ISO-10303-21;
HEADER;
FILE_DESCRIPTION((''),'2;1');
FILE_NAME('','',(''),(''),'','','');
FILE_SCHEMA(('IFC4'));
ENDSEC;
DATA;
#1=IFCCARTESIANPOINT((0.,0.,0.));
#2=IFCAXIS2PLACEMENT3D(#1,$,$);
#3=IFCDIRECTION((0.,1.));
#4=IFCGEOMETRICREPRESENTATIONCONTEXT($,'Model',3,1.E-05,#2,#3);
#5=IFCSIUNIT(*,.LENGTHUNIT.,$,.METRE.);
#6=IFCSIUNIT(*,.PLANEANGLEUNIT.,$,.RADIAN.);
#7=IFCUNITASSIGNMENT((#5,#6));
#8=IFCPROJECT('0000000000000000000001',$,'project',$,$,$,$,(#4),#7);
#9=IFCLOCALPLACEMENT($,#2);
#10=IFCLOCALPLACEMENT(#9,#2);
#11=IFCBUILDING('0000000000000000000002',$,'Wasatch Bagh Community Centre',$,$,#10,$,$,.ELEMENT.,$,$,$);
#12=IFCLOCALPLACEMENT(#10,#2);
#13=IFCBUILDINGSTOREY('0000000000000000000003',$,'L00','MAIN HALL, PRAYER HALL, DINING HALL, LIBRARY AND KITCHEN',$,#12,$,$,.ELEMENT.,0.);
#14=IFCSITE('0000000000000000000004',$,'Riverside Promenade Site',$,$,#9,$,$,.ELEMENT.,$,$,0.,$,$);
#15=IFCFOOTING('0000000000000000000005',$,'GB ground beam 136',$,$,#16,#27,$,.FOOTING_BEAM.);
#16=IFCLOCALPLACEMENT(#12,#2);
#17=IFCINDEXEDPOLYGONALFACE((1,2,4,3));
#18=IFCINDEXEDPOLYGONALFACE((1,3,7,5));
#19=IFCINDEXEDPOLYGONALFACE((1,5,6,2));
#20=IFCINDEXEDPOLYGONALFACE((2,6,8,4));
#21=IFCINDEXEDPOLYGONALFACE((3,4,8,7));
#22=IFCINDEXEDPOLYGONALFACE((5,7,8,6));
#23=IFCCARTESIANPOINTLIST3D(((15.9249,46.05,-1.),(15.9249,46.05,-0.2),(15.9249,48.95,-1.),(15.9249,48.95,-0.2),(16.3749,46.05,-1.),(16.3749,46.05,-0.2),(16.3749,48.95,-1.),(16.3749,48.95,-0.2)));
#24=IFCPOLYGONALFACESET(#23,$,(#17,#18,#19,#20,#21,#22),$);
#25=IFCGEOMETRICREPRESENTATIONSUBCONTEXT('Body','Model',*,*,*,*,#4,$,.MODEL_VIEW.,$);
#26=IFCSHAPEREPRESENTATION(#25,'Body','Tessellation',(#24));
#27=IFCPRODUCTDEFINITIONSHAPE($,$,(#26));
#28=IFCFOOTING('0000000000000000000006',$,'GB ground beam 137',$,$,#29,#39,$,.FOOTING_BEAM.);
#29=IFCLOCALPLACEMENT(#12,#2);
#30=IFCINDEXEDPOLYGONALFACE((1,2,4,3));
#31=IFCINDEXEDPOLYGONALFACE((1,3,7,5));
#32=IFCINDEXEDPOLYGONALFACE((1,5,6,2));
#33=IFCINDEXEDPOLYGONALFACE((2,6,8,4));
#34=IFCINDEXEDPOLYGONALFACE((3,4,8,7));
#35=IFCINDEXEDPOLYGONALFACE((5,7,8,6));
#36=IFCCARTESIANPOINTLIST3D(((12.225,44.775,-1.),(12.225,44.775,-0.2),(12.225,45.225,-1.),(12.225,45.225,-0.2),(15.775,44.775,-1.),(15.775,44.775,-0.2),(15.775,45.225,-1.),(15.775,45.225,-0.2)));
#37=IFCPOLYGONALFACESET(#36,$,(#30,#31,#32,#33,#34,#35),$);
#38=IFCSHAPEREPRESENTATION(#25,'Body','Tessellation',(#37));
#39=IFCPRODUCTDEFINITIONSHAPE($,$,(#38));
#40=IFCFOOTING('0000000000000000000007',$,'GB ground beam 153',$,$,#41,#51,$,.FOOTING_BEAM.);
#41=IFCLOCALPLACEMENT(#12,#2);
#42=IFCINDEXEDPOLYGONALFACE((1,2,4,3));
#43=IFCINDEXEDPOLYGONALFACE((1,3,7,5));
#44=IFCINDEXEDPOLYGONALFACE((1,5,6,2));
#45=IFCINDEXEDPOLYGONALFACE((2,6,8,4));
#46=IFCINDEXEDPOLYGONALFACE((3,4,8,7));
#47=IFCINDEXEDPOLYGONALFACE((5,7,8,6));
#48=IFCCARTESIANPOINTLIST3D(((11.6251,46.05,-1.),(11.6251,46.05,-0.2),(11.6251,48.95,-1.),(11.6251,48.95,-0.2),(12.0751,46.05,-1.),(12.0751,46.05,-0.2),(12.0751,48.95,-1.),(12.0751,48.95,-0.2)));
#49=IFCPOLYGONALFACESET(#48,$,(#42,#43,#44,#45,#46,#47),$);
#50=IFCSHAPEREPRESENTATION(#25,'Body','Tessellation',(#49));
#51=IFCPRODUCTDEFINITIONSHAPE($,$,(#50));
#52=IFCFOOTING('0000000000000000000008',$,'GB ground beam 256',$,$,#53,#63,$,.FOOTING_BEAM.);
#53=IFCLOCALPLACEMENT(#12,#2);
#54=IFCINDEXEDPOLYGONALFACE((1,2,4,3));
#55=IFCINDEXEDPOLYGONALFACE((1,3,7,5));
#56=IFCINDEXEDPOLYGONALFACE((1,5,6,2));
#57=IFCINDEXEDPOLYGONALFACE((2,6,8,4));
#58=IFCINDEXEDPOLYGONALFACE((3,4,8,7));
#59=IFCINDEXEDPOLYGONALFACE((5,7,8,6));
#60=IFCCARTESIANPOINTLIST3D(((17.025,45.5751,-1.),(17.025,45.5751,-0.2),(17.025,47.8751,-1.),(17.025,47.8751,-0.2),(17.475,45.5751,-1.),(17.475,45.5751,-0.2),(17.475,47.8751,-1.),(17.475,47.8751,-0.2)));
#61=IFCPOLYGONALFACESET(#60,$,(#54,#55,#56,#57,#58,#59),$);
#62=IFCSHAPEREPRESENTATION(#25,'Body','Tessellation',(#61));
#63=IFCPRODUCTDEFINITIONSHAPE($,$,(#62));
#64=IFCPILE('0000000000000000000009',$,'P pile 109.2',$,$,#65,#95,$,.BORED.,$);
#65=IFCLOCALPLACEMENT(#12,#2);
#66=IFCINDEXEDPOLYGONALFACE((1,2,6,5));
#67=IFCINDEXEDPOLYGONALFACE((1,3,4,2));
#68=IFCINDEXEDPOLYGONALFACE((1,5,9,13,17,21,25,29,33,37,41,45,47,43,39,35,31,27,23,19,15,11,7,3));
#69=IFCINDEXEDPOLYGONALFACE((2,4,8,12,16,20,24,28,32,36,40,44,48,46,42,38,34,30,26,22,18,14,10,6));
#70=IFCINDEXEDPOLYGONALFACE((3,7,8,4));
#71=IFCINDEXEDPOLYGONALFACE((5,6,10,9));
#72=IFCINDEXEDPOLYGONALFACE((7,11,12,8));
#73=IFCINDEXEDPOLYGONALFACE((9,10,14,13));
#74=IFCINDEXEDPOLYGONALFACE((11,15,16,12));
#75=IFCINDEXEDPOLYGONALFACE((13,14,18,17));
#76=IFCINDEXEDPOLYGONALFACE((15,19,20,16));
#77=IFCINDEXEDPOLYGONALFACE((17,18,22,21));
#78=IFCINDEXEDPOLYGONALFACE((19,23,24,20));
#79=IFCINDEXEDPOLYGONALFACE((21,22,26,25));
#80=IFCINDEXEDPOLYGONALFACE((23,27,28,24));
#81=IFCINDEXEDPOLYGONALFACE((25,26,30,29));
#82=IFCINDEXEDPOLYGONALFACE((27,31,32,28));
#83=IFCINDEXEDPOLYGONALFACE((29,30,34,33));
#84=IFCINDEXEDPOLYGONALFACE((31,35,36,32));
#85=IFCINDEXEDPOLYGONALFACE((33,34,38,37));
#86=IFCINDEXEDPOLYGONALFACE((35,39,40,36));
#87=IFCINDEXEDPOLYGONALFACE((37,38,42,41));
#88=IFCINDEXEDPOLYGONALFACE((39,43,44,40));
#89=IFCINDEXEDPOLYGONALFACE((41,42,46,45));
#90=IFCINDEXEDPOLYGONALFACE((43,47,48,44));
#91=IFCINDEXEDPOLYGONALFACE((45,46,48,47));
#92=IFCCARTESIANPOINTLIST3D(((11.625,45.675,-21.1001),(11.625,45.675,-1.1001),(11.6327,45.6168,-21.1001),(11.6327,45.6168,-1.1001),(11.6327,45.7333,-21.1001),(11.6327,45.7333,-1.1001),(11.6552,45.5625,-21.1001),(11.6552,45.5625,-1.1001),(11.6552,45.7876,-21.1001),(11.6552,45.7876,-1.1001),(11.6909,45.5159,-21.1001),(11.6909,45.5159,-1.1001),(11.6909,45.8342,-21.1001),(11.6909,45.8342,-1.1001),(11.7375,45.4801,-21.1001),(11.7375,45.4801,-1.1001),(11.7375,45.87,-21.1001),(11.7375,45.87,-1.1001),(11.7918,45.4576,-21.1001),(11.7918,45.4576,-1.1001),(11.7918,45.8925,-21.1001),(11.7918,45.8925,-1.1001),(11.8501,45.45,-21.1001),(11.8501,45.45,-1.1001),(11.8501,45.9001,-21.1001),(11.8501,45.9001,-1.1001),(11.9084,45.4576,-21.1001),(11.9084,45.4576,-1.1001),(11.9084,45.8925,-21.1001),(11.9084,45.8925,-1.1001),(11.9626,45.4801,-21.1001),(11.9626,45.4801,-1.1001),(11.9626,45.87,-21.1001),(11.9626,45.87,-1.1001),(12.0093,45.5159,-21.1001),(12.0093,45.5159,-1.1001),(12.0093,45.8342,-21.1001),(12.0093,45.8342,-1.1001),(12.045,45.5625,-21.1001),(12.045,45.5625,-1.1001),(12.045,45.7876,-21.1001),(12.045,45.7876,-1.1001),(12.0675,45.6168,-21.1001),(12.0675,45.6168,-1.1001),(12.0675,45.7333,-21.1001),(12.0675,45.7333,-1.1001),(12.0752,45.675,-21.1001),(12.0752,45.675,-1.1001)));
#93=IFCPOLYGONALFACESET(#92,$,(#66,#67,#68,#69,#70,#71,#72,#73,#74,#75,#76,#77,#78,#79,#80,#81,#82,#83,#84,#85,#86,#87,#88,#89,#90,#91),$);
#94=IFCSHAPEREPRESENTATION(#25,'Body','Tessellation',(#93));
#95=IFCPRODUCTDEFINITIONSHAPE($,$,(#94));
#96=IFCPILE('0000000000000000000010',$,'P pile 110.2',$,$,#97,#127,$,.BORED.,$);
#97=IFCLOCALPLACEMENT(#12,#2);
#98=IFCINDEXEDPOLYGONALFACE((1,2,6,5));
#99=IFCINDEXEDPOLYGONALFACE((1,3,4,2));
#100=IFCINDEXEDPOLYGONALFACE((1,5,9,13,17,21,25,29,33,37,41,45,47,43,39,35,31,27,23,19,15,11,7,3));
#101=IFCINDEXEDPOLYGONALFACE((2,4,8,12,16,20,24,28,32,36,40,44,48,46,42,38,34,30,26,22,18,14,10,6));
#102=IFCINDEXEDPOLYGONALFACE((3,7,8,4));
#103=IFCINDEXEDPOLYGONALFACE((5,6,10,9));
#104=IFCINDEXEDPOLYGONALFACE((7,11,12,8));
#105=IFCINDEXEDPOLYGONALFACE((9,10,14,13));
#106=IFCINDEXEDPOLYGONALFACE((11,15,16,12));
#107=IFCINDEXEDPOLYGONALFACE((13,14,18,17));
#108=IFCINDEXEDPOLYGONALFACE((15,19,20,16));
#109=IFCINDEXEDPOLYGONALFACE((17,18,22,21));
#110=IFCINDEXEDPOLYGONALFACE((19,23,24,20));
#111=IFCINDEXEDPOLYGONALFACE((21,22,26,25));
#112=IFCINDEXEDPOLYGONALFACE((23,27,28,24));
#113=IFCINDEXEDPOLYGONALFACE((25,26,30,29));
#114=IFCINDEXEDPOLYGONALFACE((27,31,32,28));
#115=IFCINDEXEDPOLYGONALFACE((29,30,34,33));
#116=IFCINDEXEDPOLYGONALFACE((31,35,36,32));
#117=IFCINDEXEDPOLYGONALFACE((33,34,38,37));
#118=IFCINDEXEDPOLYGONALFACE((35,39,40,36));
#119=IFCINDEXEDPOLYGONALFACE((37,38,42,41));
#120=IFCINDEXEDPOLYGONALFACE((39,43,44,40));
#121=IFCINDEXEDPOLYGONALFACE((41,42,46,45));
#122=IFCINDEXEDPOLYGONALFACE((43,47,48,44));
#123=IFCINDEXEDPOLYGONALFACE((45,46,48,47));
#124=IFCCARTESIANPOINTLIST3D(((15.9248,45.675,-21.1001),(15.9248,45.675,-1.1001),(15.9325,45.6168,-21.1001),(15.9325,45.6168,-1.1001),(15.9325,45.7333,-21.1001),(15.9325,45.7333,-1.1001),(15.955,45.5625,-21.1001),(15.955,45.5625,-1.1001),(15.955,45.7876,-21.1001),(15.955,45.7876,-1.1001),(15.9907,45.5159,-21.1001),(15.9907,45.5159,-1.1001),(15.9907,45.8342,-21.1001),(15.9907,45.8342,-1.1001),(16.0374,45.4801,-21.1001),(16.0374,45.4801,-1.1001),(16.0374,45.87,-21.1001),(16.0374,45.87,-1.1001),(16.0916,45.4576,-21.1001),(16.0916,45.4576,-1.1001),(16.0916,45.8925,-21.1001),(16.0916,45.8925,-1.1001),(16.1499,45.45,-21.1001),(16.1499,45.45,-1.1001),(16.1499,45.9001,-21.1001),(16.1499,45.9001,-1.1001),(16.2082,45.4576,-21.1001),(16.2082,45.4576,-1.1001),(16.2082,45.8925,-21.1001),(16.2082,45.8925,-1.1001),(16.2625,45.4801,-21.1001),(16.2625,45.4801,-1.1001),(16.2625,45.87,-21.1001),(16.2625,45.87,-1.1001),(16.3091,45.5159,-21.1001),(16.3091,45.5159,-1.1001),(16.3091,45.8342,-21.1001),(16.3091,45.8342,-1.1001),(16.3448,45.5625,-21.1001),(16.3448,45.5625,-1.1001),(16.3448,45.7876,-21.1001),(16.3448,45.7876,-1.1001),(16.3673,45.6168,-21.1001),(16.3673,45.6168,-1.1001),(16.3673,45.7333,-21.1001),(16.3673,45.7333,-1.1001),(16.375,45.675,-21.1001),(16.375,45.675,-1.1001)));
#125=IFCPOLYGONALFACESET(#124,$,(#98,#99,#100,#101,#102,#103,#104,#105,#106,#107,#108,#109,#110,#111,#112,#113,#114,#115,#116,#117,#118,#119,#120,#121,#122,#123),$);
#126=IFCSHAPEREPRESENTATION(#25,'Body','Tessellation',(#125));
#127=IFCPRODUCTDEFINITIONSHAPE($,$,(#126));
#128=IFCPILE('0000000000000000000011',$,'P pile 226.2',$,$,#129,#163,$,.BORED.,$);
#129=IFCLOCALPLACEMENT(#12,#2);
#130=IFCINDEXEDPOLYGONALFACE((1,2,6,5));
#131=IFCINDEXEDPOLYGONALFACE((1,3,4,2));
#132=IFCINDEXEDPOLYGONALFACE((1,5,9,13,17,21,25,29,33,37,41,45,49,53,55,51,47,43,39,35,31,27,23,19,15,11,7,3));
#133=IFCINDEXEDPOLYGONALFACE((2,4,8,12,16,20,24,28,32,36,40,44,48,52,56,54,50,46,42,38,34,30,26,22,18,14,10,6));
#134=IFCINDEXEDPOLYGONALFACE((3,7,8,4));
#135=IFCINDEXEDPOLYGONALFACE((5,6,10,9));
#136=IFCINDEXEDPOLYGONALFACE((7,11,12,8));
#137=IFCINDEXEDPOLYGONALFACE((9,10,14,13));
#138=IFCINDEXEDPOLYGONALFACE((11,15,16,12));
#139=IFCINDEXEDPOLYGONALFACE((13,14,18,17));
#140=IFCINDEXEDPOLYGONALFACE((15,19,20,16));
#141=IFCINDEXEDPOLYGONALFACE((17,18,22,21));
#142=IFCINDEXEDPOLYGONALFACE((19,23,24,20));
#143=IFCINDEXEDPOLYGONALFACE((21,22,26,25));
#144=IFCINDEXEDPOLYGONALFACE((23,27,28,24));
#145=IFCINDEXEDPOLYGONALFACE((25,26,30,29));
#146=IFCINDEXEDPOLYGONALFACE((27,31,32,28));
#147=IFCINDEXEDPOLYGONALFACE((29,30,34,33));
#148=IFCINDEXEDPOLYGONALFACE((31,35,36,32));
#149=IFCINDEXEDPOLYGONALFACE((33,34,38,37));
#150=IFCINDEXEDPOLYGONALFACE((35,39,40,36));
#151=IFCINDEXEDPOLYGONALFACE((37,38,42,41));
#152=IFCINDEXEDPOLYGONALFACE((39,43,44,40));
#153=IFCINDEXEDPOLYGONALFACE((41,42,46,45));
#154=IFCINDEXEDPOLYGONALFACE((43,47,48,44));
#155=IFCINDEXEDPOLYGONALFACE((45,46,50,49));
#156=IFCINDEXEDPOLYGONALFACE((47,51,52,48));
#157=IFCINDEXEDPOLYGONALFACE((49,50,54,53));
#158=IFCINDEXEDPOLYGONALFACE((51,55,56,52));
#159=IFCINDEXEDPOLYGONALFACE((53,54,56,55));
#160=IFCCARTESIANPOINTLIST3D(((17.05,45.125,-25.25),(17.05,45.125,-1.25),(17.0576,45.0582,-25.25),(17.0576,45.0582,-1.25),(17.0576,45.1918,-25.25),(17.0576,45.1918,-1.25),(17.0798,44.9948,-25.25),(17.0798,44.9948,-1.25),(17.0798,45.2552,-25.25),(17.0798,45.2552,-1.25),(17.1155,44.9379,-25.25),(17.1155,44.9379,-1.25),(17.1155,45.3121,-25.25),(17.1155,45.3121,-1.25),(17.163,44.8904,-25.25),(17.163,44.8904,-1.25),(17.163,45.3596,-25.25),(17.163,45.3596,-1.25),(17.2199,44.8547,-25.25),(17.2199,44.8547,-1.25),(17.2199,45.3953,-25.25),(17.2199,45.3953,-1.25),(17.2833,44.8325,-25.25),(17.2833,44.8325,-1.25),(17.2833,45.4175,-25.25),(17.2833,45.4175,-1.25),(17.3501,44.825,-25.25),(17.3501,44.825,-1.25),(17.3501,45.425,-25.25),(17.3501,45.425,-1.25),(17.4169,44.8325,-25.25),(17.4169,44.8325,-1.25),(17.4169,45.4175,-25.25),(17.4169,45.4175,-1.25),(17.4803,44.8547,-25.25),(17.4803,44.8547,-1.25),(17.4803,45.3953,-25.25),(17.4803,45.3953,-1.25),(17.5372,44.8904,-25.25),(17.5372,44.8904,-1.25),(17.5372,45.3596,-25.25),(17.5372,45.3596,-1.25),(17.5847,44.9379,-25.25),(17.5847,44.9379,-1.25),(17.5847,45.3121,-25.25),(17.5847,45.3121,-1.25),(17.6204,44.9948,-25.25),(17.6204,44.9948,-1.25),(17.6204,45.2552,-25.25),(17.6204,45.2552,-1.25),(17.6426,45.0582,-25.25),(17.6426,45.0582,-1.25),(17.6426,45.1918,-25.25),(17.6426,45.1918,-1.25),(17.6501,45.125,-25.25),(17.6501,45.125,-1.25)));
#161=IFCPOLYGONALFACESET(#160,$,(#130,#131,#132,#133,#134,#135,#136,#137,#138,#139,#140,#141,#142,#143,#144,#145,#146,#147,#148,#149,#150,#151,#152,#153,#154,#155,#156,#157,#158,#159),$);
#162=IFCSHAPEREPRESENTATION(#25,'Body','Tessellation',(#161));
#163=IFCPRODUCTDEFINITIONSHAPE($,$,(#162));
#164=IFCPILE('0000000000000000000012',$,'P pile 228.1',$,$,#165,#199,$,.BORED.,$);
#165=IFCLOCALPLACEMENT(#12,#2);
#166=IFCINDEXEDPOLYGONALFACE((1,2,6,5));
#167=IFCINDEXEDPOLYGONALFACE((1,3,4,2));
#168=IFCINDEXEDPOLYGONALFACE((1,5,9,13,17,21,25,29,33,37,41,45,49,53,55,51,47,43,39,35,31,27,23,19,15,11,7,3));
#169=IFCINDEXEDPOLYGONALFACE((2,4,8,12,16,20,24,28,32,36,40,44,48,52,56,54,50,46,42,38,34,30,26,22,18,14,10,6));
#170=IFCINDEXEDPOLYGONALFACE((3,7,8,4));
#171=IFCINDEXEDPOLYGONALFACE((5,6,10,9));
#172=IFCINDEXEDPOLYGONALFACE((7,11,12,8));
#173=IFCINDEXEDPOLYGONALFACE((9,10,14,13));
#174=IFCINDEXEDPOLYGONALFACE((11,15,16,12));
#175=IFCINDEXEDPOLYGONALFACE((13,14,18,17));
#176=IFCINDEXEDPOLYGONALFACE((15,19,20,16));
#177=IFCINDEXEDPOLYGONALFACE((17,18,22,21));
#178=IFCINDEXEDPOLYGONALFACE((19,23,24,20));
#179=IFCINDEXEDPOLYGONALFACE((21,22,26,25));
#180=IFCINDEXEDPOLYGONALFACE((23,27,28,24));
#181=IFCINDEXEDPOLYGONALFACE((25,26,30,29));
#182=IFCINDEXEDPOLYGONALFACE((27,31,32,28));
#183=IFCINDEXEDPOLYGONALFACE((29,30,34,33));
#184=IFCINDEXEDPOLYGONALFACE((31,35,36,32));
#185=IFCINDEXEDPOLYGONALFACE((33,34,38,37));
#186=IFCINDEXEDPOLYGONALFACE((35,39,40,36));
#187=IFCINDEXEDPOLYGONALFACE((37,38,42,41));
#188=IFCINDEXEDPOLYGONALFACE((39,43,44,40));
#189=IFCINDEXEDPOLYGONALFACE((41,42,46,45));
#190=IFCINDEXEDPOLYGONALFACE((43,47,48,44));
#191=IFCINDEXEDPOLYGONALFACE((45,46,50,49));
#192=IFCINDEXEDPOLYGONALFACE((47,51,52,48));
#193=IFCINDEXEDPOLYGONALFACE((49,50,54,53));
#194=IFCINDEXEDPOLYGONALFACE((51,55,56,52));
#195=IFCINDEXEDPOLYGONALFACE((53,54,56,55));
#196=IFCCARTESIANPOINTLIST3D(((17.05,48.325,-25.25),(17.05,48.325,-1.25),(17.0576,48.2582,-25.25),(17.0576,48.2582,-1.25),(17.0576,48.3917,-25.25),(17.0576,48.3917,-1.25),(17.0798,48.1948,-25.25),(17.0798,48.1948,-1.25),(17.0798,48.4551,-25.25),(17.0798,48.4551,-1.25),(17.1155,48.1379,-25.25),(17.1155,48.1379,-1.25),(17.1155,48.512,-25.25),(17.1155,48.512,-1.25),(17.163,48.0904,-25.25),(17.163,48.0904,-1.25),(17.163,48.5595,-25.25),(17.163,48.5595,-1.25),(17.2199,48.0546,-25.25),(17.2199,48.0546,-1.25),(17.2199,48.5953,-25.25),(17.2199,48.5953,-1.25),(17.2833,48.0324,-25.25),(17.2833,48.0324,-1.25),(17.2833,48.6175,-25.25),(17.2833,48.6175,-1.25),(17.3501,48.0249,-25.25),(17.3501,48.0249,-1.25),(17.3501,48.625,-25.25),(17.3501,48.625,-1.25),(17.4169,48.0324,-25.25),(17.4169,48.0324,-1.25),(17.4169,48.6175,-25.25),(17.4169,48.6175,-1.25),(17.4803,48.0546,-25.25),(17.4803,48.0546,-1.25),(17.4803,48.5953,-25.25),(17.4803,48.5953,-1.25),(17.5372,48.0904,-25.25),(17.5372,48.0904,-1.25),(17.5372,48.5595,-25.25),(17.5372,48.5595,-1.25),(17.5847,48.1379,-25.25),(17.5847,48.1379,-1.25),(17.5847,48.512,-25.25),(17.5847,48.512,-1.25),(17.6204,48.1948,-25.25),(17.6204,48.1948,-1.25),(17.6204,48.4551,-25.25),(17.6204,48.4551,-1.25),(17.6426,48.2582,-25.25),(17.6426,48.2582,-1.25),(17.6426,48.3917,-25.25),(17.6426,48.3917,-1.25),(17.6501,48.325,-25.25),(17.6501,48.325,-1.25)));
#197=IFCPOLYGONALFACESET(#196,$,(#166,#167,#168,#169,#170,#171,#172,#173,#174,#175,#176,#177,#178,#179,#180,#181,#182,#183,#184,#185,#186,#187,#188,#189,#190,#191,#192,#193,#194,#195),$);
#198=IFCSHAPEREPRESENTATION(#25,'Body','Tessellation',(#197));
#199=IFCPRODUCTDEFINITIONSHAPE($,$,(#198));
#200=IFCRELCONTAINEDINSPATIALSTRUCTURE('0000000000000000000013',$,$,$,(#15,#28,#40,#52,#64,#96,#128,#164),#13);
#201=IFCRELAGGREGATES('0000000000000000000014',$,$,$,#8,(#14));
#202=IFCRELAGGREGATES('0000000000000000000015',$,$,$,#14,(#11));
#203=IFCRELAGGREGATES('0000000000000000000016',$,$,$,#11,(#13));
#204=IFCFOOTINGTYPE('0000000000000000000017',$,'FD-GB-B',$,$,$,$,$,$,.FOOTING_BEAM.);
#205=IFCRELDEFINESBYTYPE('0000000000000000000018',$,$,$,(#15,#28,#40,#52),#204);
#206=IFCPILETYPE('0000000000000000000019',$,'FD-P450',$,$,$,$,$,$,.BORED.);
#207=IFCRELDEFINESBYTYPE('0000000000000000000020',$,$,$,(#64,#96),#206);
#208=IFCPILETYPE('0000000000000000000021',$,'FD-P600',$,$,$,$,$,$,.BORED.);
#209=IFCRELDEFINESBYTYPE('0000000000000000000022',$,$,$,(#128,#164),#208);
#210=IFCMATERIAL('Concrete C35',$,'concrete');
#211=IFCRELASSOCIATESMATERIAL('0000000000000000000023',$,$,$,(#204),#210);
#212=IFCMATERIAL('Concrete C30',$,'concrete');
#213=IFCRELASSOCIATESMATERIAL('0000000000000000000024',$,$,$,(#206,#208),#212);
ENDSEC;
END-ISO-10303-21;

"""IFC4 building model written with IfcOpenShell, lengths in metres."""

from ifc_helpers import new_model, si_unit, direction, frame, origin, origin_2d, place, context, subcontext, project, spatial, rectangle, circle, extrude, material, material_profile, profile_set, type_object, element, save


model = new_model("IFC4")

# Units and contexts
model_context = context("Model", 3, precision=1e-05, world=origin(), true_north=direction((0.0, 1.0)))
body_context = subcontext(model_context, "Body", "Model", "MODEL_VIEW")
ifc_project = project(units=[si_unit("LENGTHUNIT", "METRE"), si_unit("PLANEANGLEUNIT", "RADIAN")], contexts=[model_context])

# Site, building, storey
site_placement = place(None, origin())
site = spatial("IfcSite", under=ifc_project, at=site_placement, Name="Riverside Promenade Site", CompositionType="ELEMENT", RefElevation=0.0)
building_placement = place(site_placement, origin())
building = spatial("IfcBuilding", under=site, at=building_placement, Name="Wasatch Bagh Community Centre", CompositionType="ELEMENT")
storey_placement = place(building_placement, origin())
storey = spatial("IfcBuildingStorey", under=building, at=storey_placement, Name="L00", Description="MAIN HALL, PRAYER HALL, DINING HALL, LIBRARY AND KITCHEN", CompositionType="ELEMENT", Elevation=0.0)

# Footings
ifc_material_1 = material(Name="Concrete C35", Category="concrete")
footing_type_1 = type_object("IfcFootingType", Name="FD-GB-B", PredefinedType="FOOTING_BEAM", material=ifc_material_1)
footing_1_placement = place(storey_placement, frame((16.1499, 47.5, -1.0), z_axis=(0.0, 0.0, 1.0), x_axis=(0.0, 1.0, 0.0)))
element("IfcFooting", 1, at=footing_1_placement, inside=storey, type_object=footing_type_1, Name="GB ground beam 136", PredefinedType="FOOTING_BEAM", context=body_context, shape_type="SweptSolid", body=[
    extrude(rectangle(XDim=2.8999, YDim=0.45, at=origin_2d()), origin(), (0.0, 0.0, 1.0), 0.8),
])
footing_2_placement = place(storey_placement, frame((14.0, 45.0, -1.0), z_axis=(0.0, 0.0, 1.0), x_axis=(-1.0, 0.0, 0.0)))
element("IfcFooting", 2, at=footing_2_placement, inside=storey, type_object=footing_type_1, Name="GB ground beam 137", PredefinedType="FOOTING_BEAM", context=body_context, shape_type="SweptSolid", body=[
    extrude(rectangle(XDim=3.55, YDim=0.45, at=origin_2d()), origin(), (0.0, 0.0, 1.0), 0.8),
])
footing_3_placement = place(storey_placement, frame((11.8501, 47.5, -1.0), z_axis=(0.0, 0.0, 1.0), x_axis=(0.0, 1.0, 0.0)))
element("IfcFooting", 3, at=footing_3_placement, inside=storey, type_object=footing_type_1, Name="GB ground beam 153", PredefinedType="FOOTING_BEAM", context=body_context, shape_type="SweptSolid", body=[
    extrude(rectangle(XDim=2.8999, YDim=0.45, at=origin_2d()), origin(), (0.0, 0.0, 1.0), 0.8),
])
footing_4_placement = place(storey_placement, frame((17.25, 46.7251, -1.0), z_axis=(0.0, 0.0, 1.0), x_axis=(0.0, 1.0, 0.0)))
element("IfcFooting", 4, at=footing_4_placement, inside=storey, type_object=footing_type_1, Name="GB ground beam 256", PredefinedType="FOOTING_BEAM", context=body_context, shape_type="SweptSolid", body=[
    extrude(rectangle(XDim=2.3, YDim=0.45, at=origin_2d()), origin(), (0.0, 0.0, 1.0), 0.8),
])

# Piles
ifc_material_2 = material(Name="Concrete C30", Category="concrete")
ifc_material_profile_1 = material_profile(ifc_material_2, circle(Radius=0.2251, at=origin_2d()), Name="RC D450")
ifc_profile_set_1 = profile_set([ifc_material_profile_1], Name="Concrete C30")
pile_type_1 = type_object("IfcPileType", Name="FD-P450", PredefinedType="BORED", material=ifc_profile_set_1)
for number, where, z_axis, x_axis, name in (
    (5, (11.8501, 45.675, -1.1001), (0.0, 0.0, -1.0), (1.0, 0.0, 0.0), "P pile 109.2"),
    (6, (16.1499, 45.675, -1.1001), (0.0, 0.0, -1.0), (1.0, 0.0, 0.0), "P pile 110.2"),
):
    element("IfcPile", number, at=place(storey_placement, frame(where, z_axis=z_axis, x_axis=x_axis)), inside=storey, type_object=pile_type_1, Name=name, PredefinedType="BORED", context=body_context, shape_type="SweptSolid", body=[
        extrude(circle(Radius=0.2251, at=origin_2d()), origin(), (0.0, 0.0, 1.0), 20.0),
    ])
ifc_material_profile_2 = material_profile(ifc_material_2, circle(Radius=0.3, at=origin_2d()), Name="RC D600")
ifc_profile_set_2 = profile_set([ifc_material_profile_2], Name="Concrete C30")
pile_type_2 = type_object("IfcPileType", Name="FD-P600", PredefinedType="BORED", material=ifc_profile_set_2)
for number, where, z_axis, x_axis, name in (
    (7, (17.3501, 45.125, -1.25), (0.0, 0.0, -1.0), (1.0, 0.0, 0.0), "P pile 226.2"),
    (8, (17.3501, 48.325, -1.25), (0.0, 0.0, -1.0), (1.0, 0.0, 0.0), "P pile 228.1"),
):
    element("IfcPile", number, at=place(storey_placement, frame(where, z_axis=z_axis, x_axis=x_axis)), inside=storey, type_object=pile_type_2, Name=name, PredefinedType="BORED", context=body_context, shape_type="SweptSolid", body=[
        extrude(circle(Radius=0.3, at=origin_2d()), origin(), (0.0, 0.0, 1.0), 24.0),
    ])

save(model, "model.ifc")
